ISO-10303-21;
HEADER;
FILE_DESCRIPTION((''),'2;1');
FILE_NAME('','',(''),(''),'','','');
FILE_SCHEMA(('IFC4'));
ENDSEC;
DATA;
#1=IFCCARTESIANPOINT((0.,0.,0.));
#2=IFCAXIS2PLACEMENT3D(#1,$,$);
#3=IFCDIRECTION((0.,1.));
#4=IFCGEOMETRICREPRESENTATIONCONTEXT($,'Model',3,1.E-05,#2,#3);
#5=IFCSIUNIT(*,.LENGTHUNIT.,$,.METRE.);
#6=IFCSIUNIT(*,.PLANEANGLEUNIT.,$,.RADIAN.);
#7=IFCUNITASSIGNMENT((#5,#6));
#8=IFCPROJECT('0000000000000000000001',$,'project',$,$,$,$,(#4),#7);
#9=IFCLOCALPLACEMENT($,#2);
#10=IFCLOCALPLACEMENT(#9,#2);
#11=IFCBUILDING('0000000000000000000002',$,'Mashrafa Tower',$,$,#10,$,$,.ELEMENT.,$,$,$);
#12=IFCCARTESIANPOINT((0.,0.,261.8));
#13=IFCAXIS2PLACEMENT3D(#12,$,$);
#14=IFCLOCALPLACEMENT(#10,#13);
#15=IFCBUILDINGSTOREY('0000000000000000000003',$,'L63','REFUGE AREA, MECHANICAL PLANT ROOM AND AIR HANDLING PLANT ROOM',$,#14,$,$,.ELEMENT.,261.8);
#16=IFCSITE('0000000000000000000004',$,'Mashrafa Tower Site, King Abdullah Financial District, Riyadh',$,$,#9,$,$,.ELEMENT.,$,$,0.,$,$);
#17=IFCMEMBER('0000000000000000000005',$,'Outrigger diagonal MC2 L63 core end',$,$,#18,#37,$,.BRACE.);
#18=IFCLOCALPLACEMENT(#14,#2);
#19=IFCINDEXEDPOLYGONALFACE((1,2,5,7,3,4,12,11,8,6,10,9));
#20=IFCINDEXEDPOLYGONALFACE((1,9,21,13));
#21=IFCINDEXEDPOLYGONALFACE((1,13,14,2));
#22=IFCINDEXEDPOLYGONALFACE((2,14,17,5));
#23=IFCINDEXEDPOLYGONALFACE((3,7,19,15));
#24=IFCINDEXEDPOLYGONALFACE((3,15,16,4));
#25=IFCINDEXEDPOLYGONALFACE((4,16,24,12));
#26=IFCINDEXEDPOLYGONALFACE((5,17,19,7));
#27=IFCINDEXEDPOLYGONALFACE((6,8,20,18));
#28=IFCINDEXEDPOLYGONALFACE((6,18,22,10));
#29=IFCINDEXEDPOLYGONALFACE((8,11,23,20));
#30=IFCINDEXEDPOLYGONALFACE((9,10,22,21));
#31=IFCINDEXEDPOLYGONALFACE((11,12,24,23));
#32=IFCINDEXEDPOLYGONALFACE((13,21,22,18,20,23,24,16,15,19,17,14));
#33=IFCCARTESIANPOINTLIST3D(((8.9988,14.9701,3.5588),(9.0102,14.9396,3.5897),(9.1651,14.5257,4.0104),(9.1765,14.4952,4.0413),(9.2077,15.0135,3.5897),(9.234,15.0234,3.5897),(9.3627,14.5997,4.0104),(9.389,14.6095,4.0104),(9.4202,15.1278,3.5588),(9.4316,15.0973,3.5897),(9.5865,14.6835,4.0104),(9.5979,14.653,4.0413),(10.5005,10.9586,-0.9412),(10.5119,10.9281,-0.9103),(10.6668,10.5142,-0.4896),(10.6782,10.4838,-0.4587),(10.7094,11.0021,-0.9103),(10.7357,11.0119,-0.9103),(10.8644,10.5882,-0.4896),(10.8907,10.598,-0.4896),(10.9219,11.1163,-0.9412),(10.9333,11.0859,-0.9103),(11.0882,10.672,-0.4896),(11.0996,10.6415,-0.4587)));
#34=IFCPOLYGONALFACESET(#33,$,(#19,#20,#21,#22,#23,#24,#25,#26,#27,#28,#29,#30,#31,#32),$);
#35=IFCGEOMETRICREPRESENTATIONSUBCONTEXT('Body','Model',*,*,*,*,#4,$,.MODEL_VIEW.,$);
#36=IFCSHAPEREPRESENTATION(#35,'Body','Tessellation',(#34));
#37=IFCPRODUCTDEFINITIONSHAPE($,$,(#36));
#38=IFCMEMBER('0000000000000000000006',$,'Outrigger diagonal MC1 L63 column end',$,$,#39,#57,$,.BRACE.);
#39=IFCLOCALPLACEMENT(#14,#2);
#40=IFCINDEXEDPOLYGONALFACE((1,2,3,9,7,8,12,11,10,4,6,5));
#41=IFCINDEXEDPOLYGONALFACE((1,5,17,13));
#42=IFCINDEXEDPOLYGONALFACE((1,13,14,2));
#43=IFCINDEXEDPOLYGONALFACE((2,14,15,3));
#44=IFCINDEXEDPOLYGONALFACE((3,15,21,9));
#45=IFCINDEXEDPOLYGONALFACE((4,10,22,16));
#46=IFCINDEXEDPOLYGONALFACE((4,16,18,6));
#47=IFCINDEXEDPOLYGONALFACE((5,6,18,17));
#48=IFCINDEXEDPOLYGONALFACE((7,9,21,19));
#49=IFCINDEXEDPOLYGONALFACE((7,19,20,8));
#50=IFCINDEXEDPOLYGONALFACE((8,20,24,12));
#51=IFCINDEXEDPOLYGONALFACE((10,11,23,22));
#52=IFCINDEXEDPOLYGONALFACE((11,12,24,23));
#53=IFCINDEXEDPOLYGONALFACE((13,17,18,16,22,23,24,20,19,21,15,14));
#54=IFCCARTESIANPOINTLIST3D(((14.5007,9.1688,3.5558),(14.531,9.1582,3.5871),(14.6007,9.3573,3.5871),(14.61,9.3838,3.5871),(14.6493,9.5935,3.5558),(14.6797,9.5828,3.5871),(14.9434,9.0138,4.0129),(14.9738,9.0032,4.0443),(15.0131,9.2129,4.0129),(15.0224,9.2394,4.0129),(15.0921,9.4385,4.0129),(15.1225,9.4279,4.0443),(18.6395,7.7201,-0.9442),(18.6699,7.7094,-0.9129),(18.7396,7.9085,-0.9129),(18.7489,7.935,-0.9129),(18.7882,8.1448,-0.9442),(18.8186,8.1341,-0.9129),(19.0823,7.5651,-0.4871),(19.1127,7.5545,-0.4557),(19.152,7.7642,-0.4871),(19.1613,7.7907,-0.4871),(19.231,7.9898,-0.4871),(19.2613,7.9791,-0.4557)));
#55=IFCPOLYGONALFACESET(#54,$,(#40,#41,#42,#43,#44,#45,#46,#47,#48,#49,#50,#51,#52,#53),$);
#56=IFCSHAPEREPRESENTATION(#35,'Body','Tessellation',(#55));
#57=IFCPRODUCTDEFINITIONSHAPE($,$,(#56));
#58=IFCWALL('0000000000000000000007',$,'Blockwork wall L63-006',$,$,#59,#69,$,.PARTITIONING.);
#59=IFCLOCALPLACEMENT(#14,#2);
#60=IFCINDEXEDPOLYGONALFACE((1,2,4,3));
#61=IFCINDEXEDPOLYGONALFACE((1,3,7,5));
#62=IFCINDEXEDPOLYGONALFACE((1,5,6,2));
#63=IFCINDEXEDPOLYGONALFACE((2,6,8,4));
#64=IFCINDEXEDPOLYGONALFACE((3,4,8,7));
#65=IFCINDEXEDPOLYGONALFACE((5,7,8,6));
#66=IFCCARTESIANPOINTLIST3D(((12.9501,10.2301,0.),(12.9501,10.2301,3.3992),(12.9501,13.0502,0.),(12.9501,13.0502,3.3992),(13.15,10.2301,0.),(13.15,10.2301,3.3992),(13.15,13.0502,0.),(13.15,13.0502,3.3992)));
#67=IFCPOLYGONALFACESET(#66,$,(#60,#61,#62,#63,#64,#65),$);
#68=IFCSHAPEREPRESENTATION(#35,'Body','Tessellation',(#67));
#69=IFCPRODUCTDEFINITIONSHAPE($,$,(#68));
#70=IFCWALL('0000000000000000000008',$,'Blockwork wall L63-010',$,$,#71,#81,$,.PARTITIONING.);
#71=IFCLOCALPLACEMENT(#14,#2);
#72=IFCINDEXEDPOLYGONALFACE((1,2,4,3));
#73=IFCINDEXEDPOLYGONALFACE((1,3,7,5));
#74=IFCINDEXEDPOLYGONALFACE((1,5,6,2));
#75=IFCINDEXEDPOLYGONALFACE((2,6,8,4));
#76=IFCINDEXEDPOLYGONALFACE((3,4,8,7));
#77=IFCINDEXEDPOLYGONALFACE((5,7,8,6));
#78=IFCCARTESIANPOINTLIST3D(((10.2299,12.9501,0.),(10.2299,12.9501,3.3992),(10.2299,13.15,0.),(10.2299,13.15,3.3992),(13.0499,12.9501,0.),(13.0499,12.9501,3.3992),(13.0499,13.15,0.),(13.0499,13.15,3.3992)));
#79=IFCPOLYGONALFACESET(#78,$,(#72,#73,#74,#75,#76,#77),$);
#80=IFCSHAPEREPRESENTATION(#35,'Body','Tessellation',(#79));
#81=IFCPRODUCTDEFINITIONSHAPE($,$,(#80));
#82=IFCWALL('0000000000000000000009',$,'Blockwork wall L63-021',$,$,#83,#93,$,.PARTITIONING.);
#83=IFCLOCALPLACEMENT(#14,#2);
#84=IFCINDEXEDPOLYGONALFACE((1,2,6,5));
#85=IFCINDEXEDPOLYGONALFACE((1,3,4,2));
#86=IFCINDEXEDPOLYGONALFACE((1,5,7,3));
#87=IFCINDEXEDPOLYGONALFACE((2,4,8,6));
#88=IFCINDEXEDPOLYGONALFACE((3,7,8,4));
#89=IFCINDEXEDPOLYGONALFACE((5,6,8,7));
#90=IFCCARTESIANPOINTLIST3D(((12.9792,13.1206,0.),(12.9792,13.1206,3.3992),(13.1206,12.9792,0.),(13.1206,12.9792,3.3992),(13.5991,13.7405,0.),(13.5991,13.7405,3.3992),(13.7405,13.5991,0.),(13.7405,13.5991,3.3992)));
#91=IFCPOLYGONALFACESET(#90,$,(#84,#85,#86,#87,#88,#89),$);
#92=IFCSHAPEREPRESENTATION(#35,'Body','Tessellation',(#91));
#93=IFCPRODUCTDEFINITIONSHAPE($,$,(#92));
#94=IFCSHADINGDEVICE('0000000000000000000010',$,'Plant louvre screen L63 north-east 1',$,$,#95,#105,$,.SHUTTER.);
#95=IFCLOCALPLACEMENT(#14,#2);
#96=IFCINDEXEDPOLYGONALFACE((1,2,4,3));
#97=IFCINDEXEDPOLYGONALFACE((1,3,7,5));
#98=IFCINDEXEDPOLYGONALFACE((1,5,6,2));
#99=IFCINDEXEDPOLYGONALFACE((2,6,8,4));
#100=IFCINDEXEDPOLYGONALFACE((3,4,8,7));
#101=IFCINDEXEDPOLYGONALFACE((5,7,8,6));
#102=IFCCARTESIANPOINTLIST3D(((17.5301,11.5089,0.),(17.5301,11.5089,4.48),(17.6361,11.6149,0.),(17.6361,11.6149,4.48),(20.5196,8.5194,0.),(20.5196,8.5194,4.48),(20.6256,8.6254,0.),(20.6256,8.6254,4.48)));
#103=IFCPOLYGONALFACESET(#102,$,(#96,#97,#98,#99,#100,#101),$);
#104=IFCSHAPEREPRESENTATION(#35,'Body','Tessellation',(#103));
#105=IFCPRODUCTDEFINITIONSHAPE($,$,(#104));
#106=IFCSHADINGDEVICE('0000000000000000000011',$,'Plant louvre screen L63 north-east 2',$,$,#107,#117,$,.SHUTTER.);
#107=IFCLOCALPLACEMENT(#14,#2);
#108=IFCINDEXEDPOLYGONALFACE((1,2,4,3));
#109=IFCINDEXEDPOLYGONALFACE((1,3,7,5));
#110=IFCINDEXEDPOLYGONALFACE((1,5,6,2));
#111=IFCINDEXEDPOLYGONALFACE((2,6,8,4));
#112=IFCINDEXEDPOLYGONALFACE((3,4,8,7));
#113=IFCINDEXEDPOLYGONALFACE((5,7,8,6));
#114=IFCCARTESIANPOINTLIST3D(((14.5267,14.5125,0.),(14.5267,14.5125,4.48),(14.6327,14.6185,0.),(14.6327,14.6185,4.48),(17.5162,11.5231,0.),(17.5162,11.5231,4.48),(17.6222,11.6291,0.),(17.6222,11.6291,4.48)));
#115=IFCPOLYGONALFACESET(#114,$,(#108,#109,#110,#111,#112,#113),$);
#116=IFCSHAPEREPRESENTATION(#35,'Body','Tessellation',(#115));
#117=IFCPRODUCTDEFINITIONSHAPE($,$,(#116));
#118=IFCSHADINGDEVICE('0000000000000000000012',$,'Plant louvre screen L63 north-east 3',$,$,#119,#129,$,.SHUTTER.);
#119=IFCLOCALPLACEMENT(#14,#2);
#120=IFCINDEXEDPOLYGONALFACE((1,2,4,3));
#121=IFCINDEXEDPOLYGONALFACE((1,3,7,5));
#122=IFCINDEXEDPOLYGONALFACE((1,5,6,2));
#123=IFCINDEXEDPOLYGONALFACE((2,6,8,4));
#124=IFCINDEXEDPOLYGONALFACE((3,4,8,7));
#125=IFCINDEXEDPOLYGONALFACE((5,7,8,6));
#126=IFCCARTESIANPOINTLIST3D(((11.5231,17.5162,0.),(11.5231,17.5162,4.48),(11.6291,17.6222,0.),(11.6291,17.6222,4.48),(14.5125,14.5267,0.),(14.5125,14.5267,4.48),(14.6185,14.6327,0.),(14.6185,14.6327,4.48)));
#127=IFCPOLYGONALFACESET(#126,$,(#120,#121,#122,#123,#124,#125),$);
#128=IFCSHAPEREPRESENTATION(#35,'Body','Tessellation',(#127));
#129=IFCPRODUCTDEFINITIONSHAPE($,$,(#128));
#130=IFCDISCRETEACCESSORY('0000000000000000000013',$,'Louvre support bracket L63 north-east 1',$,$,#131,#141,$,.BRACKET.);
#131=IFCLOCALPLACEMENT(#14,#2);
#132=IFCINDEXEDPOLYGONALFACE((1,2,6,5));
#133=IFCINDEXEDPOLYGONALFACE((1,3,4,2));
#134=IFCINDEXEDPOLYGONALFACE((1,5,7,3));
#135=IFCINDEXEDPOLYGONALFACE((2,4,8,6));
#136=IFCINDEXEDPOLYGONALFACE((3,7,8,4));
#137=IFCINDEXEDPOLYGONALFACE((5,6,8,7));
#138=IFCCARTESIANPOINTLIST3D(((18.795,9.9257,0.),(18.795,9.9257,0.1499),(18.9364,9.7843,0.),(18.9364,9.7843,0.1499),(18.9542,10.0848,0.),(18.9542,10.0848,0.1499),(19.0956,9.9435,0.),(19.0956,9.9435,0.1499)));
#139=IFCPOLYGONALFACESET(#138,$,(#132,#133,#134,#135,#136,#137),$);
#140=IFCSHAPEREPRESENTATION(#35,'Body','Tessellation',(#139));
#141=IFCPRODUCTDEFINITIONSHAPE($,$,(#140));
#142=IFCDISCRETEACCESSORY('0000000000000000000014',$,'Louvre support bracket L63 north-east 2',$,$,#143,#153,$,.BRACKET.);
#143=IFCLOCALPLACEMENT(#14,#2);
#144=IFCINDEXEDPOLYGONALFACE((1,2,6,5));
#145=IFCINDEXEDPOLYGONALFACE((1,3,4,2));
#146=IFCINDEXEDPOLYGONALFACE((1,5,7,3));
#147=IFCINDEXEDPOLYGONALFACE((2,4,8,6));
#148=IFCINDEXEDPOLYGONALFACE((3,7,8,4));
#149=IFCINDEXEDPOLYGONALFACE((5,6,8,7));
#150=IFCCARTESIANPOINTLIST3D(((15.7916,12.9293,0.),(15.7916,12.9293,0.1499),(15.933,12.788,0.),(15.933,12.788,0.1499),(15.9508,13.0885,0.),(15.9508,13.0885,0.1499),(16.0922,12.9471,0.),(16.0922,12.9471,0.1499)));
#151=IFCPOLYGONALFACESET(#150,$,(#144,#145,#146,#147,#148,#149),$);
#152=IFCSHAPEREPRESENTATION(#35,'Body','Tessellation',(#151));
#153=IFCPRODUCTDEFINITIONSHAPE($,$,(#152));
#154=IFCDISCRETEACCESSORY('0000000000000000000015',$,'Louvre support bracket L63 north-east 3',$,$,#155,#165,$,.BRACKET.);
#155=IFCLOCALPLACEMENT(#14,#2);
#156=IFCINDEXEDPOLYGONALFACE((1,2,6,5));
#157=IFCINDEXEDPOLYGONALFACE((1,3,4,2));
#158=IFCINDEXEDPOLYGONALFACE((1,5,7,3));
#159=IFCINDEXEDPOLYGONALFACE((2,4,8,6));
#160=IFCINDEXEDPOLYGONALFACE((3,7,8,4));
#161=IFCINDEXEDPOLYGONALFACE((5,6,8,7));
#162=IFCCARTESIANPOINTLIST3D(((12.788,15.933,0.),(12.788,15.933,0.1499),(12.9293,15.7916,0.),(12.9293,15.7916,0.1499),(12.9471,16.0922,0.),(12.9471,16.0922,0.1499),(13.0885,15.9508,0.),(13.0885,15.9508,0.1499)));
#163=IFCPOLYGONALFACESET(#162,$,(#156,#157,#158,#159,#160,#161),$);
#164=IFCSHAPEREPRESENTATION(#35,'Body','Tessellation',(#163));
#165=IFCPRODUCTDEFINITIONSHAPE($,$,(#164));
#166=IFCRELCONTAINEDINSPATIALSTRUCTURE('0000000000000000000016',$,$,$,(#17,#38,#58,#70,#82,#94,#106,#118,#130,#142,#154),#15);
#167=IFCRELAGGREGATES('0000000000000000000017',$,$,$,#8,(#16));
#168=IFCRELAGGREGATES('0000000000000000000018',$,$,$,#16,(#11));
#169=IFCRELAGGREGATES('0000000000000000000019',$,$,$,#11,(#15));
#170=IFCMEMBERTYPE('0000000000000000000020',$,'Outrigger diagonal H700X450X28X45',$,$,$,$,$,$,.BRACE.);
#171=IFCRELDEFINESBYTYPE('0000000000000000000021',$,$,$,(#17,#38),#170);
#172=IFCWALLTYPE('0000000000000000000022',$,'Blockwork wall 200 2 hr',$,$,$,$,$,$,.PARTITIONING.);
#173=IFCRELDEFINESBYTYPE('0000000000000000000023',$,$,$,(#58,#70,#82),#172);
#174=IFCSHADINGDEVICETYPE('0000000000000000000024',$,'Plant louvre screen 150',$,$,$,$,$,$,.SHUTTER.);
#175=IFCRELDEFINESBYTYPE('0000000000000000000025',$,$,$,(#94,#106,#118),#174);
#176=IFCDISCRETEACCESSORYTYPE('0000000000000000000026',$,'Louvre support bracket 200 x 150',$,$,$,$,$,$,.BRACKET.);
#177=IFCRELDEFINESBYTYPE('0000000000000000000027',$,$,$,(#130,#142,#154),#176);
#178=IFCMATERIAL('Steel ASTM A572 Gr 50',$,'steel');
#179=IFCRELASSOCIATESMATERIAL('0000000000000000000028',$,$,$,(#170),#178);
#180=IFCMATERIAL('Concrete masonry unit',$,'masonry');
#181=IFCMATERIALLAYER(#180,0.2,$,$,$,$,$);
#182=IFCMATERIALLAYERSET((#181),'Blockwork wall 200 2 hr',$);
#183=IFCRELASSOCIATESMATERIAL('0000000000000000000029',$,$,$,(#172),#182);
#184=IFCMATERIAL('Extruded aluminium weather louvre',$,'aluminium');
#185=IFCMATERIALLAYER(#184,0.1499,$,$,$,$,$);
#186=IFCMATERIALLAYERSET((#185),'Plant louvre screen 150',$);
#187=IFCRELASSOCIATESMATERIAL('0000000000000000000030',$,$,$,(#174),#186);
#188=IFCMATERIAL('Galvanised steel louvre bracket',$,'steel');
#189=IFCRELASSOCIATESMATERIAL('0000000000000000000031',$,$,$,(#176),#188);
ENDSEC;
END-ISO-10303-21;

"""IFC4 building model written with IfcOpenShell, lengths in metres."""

from ifc_helpers import new_model, si_unit, direction, frame, frame_2d, origin, origin_2d, place, context, subcontext, project, spatial, rectangle, i_section, extrude, source, transform, mapped, material, layer, layer_set, material_profile, profile_set, type_object, type_shapes, element, save


model = new_model("IFC4")

# Units and contexts
model_context = context("Model", 3, precision=1e-05, world=origin(), true_north=direction((0.0, 1.0)))
body_context = subcontext(model_context, "Body", "Model", "MODEL_VIEW")
ifc_project = project(units=[si_unit("LENGTHUNIT", "METRE"), si_unit("PLANEANGLEUNIT", "RADIAN")], contexts=[model_context])

# Site, building, storey
site_placement = place(None, origin())
site = spatial("IfcSite", under=ifc_project, at=site_placement, Name="Mashrafa Tower Site, King Abdullah Financial District, Riyadh", CompositionType="ELEMENT", RefElevation=0.0)
building_placement = place(site_placement, origin())
building = spatial("IfcBuilding", under=site, at=building_placement, Name="Mashrafa Tower", CompositionType="ELEMENT")
storey_placement = place(building_placement, frame((0.0, 0.0, 261.8)))
storey = spatial("IfcBuildingStorey", under=building, at=storey_placement, Name="L63", Description="REFUGE AREA, MECHANICAL PLANT ROOM AND AIR HANDLING PLANT ROOM", CompositionType="ELEMENT", Elevation=261.8)

# Members
ifc_material_1 = material(Name="Steel ASTM A572 Gr 50", Category="steel")
ifc_material_profile_1 = material_profile(ifc_material_1, i_section(OverallWidth=0.45, OverallDepth=0.7, WebThickness=0.0281, FlangeThickness=0.0449, at=origin_2d()), Name="H700X450X28X45")
ifc_profile_set_1 = profile_set([ifc_material_profile_1], Name="Steel ASTM A572 Gr 50")
member_type_1 = type_object("IfcMemberType", Name="Outrigger diagonal H700X450X28X45", PredefinedType="BRACE", material=ifc_profile_set_1)
shared_shape_1 = source(origin(), body_context, "Body", "SweptSolid", [
    extrude(i_section(OverallWidth=0.45, OverallDepth=0.7, WebThickness=0.0281, FlangeThickness=0.0449, at=origin_2d()), origin(), (0.0, 0.0, 1.0), 6.2126),
])
member_1_placement = place(storey_placement, frame((10.8, 10.8, -0.7), z_axis=(-0.241718, 0.645694, 0.724328), x_axis=(-0.936528, -0.350592, 0.0)))
element("IfcMember", 1, at=member_1_placement, inside=storey, type_object=member_type_1, Name="Outrigger diagonal MC2 L63 core end", PredefinedType="BRACE", context=body_context, shape_type="MappedRepresentation", body=[
    mapped(shared_shape_1, transform((0.0, 0.0, 0.0))),
])
shared_shape_2 = source(origin(), body_context, "Body", "SweptSolid", [
    extrude(i_section(OverallWidth=0.45, OverallDepth=0.7, WebThickness=0.0281, FlangeThickness=0.0449, at=origin_2d()), origin(), (0.0, 0.0, 1.0), 6.2832),
])
type_shapes(member_type_1, [shared_shape_1, shared_shape_2])
member_2_placement = place(storey_placement, frame((18.9504, 7.8496, -0.7), z_axis=(-0.65872, 0.23057, 0.716188), x_axis=(-0.330373, -0.943851, 0.0)))
element("IfcMember", 2, at=member_2_placement, inside=storey, type_object=member_type_1, Name="Outrigger diagonal MC1 L63 column end", PredefinedType="BRACE", context=body_context, shape_type="MappedRepresentation", body=[
    mapped(shared_shape_2, transform((0.0, 0.0, 0.0))),
])

# Walls
ifc_material_2 = material(Name="Concrete masonry unit", Category="masonry")
ifc_layer_1 = layer(ifc_material_2, 0.2)
ifc_layer_set_1 = layer_set([ifc_layer_1], Name="Blockwork wall 200 2 hr")
wall_type = type_object("IfcWallType", Name="Blockwork wall 200 2 hr", PredefinedType="PARTITIONING", material=ifc_layer_set_1)
for number, where, z_axis, x_axis, name in (
    (3, (13.05, 10.23, 0.0), (0.0, 0.0, 1.0), (0.0, 1.0, 0.0), "Blockwork wall L63-006"),
    (4, (13.05, 13.05, 0.0), (0.0, 0.0, 1.0), (-1.0, 0.0, 0.0), "Blockwork wall L63-010"),
):
    element("IfcWall", number, at=place(storey_placement, frame(where, z_axis=z_axis, x_axis=x_axis)), inside=storey, type_object=wall_type, Name=name, PredefinedType="PARTITIONING", context=body_context, shape_type="SweptSolid", body=[
        extrude(rectangle(XDim=2.8201, YDim=0.2, at=frame_2d((1.4102, 0.0))), origin(), (0.0, 0.0, 1.0), 3.3992),
    ])
wall_placement = place(storey_placement, frame((13.6699, 13.6699, 0.0), z_axis=(0.0, 0.0, 1.0), x_axis=(-0.707107, -0.707107, 0.0)))
element("IfcWall", 5, at=wall_placement, inside=storey, type_object=wall_type, Name="Blockwork wall L63-021", PredefinedType="PARTITIONING", context=body_context, shape_type="SweptSolid", body=[
    extrude(rectangle(XDim=0.8767, YDim=0.2, at=frame_2d((0.4385, 0.0))), origin(), (0.0, 0.0, 1.0), 3.3992),
])

# Shading devices
ifc_material_3 = material(Name="Extruded aluminium weather louvre", Category="aluminium")
ifc_layer_2 = layer(ifc_material_3, 0.1499)
ifc_layer_set_2 = layer_set([ifc_layer_2], Name="Plant louvre screen 150")
shading_device_type = type_object("IfcShadingDeviceType", Name="Plant louvre screen 150", PredefinedType="SHUTTER", material=ifc_layer_set_2)
shared_shape_3 = source(origin(), body_context, "Body", "SweptSolid", [
    extrude(rectangle(XDim=4.2278, YDim=0.1499, at=origin_2d()), origin(), (0.0, 0.0, 1.0), 4.48),
])
type_shapes(shading_device_type, [shared_shape_3])
for number, where, z_axis, x_axis, name in (
    (6, (19.0779, 10.0671, 0.0), (0.0, 0.0, 1.0), (-0.707107, 0.707107, 0.0), "Plant louvre screen L63 north-east 1"),
    (7, (16.0745, 13.0708, 0.0), (0.0, 0.0, 1.0), (-0.707107, 0.707107, 0.0), "Plant louvre screen L63 north-east 2"),
    (8, (13.0708, 16.0745, 0.0), (0.0, 0.0, 1.0), (-0.707107, 0.707107, 0.0), "Plant louvre screen L63 north-east 3"),
):
    element("IfcShadingDevice", number, at=place(storey_placement, frame(where, z_axis=z_axis, x_axis=x_axis)), inside=storey, type_object=shading_device_type, Name=name, PredefinedType="SHUTTER", context=body_context, shape_type="MappedRepresentation", body=[
        mapped(shared_shape_3, transform((0.0, 0.0, 0.0))),
    ])

# Discrete accessories
ifc_material_4 = material(Name="Galvanised steel louvre bracket", Category="steel")
discrete_accessory_type = type_object("IfcDiscreteAccessoryType", Name="Louvre support bracket 200 x 150", PredefinedType="BRACKET", material=ifc_material_4)
shared_shape_4 = source(origin(), body_context, "Body", "SweptSolid", [
    extrude(rectangle(XDim=0.2, YDim=0.2251, at=origin_2d()), origin(), (0.0, 0.0, 1.0), 0.1499),
])
type_shapes(discrete_accessory_type, [shared_shape_4])
for number, where, z_axis, x_axis, name in (
    (9, (18.9453, 9.9346, 0.0), (0.0, 0.0, 1.0), (-0.707107, 0.707107, 0.0), "Louvre support bracket L63 north-east 1"),
    (10, (15.9419, 12.9382, 0.0), (0.0, 0.0, 1.0), (-0.707107, 0.707107, 0.0), "Louvre support bracket L63 north-east 2"),
    (11, (12.9382, 15.9419, 0.0), (0.0, 0.0, 1.0), (-0.707107, 0.707107, 0.0), "Louvre support bracket L63 north-east 3"),
):
    element("IfcDiscreteAccessory", number, at=place(storey_placement, frame(where, z_axis=z_axis, x_axis=x_axis)), inside=storey, type_object=discrete_accessory_type, Name=name, PredefinedType="BRACKET", context=body_context, shape_type="MappedRepresentation", body=[
        mapped(shared_shape_4, transform((0.0, 0.0, 0.0))),
    ])

save(model, "model.ifc")
